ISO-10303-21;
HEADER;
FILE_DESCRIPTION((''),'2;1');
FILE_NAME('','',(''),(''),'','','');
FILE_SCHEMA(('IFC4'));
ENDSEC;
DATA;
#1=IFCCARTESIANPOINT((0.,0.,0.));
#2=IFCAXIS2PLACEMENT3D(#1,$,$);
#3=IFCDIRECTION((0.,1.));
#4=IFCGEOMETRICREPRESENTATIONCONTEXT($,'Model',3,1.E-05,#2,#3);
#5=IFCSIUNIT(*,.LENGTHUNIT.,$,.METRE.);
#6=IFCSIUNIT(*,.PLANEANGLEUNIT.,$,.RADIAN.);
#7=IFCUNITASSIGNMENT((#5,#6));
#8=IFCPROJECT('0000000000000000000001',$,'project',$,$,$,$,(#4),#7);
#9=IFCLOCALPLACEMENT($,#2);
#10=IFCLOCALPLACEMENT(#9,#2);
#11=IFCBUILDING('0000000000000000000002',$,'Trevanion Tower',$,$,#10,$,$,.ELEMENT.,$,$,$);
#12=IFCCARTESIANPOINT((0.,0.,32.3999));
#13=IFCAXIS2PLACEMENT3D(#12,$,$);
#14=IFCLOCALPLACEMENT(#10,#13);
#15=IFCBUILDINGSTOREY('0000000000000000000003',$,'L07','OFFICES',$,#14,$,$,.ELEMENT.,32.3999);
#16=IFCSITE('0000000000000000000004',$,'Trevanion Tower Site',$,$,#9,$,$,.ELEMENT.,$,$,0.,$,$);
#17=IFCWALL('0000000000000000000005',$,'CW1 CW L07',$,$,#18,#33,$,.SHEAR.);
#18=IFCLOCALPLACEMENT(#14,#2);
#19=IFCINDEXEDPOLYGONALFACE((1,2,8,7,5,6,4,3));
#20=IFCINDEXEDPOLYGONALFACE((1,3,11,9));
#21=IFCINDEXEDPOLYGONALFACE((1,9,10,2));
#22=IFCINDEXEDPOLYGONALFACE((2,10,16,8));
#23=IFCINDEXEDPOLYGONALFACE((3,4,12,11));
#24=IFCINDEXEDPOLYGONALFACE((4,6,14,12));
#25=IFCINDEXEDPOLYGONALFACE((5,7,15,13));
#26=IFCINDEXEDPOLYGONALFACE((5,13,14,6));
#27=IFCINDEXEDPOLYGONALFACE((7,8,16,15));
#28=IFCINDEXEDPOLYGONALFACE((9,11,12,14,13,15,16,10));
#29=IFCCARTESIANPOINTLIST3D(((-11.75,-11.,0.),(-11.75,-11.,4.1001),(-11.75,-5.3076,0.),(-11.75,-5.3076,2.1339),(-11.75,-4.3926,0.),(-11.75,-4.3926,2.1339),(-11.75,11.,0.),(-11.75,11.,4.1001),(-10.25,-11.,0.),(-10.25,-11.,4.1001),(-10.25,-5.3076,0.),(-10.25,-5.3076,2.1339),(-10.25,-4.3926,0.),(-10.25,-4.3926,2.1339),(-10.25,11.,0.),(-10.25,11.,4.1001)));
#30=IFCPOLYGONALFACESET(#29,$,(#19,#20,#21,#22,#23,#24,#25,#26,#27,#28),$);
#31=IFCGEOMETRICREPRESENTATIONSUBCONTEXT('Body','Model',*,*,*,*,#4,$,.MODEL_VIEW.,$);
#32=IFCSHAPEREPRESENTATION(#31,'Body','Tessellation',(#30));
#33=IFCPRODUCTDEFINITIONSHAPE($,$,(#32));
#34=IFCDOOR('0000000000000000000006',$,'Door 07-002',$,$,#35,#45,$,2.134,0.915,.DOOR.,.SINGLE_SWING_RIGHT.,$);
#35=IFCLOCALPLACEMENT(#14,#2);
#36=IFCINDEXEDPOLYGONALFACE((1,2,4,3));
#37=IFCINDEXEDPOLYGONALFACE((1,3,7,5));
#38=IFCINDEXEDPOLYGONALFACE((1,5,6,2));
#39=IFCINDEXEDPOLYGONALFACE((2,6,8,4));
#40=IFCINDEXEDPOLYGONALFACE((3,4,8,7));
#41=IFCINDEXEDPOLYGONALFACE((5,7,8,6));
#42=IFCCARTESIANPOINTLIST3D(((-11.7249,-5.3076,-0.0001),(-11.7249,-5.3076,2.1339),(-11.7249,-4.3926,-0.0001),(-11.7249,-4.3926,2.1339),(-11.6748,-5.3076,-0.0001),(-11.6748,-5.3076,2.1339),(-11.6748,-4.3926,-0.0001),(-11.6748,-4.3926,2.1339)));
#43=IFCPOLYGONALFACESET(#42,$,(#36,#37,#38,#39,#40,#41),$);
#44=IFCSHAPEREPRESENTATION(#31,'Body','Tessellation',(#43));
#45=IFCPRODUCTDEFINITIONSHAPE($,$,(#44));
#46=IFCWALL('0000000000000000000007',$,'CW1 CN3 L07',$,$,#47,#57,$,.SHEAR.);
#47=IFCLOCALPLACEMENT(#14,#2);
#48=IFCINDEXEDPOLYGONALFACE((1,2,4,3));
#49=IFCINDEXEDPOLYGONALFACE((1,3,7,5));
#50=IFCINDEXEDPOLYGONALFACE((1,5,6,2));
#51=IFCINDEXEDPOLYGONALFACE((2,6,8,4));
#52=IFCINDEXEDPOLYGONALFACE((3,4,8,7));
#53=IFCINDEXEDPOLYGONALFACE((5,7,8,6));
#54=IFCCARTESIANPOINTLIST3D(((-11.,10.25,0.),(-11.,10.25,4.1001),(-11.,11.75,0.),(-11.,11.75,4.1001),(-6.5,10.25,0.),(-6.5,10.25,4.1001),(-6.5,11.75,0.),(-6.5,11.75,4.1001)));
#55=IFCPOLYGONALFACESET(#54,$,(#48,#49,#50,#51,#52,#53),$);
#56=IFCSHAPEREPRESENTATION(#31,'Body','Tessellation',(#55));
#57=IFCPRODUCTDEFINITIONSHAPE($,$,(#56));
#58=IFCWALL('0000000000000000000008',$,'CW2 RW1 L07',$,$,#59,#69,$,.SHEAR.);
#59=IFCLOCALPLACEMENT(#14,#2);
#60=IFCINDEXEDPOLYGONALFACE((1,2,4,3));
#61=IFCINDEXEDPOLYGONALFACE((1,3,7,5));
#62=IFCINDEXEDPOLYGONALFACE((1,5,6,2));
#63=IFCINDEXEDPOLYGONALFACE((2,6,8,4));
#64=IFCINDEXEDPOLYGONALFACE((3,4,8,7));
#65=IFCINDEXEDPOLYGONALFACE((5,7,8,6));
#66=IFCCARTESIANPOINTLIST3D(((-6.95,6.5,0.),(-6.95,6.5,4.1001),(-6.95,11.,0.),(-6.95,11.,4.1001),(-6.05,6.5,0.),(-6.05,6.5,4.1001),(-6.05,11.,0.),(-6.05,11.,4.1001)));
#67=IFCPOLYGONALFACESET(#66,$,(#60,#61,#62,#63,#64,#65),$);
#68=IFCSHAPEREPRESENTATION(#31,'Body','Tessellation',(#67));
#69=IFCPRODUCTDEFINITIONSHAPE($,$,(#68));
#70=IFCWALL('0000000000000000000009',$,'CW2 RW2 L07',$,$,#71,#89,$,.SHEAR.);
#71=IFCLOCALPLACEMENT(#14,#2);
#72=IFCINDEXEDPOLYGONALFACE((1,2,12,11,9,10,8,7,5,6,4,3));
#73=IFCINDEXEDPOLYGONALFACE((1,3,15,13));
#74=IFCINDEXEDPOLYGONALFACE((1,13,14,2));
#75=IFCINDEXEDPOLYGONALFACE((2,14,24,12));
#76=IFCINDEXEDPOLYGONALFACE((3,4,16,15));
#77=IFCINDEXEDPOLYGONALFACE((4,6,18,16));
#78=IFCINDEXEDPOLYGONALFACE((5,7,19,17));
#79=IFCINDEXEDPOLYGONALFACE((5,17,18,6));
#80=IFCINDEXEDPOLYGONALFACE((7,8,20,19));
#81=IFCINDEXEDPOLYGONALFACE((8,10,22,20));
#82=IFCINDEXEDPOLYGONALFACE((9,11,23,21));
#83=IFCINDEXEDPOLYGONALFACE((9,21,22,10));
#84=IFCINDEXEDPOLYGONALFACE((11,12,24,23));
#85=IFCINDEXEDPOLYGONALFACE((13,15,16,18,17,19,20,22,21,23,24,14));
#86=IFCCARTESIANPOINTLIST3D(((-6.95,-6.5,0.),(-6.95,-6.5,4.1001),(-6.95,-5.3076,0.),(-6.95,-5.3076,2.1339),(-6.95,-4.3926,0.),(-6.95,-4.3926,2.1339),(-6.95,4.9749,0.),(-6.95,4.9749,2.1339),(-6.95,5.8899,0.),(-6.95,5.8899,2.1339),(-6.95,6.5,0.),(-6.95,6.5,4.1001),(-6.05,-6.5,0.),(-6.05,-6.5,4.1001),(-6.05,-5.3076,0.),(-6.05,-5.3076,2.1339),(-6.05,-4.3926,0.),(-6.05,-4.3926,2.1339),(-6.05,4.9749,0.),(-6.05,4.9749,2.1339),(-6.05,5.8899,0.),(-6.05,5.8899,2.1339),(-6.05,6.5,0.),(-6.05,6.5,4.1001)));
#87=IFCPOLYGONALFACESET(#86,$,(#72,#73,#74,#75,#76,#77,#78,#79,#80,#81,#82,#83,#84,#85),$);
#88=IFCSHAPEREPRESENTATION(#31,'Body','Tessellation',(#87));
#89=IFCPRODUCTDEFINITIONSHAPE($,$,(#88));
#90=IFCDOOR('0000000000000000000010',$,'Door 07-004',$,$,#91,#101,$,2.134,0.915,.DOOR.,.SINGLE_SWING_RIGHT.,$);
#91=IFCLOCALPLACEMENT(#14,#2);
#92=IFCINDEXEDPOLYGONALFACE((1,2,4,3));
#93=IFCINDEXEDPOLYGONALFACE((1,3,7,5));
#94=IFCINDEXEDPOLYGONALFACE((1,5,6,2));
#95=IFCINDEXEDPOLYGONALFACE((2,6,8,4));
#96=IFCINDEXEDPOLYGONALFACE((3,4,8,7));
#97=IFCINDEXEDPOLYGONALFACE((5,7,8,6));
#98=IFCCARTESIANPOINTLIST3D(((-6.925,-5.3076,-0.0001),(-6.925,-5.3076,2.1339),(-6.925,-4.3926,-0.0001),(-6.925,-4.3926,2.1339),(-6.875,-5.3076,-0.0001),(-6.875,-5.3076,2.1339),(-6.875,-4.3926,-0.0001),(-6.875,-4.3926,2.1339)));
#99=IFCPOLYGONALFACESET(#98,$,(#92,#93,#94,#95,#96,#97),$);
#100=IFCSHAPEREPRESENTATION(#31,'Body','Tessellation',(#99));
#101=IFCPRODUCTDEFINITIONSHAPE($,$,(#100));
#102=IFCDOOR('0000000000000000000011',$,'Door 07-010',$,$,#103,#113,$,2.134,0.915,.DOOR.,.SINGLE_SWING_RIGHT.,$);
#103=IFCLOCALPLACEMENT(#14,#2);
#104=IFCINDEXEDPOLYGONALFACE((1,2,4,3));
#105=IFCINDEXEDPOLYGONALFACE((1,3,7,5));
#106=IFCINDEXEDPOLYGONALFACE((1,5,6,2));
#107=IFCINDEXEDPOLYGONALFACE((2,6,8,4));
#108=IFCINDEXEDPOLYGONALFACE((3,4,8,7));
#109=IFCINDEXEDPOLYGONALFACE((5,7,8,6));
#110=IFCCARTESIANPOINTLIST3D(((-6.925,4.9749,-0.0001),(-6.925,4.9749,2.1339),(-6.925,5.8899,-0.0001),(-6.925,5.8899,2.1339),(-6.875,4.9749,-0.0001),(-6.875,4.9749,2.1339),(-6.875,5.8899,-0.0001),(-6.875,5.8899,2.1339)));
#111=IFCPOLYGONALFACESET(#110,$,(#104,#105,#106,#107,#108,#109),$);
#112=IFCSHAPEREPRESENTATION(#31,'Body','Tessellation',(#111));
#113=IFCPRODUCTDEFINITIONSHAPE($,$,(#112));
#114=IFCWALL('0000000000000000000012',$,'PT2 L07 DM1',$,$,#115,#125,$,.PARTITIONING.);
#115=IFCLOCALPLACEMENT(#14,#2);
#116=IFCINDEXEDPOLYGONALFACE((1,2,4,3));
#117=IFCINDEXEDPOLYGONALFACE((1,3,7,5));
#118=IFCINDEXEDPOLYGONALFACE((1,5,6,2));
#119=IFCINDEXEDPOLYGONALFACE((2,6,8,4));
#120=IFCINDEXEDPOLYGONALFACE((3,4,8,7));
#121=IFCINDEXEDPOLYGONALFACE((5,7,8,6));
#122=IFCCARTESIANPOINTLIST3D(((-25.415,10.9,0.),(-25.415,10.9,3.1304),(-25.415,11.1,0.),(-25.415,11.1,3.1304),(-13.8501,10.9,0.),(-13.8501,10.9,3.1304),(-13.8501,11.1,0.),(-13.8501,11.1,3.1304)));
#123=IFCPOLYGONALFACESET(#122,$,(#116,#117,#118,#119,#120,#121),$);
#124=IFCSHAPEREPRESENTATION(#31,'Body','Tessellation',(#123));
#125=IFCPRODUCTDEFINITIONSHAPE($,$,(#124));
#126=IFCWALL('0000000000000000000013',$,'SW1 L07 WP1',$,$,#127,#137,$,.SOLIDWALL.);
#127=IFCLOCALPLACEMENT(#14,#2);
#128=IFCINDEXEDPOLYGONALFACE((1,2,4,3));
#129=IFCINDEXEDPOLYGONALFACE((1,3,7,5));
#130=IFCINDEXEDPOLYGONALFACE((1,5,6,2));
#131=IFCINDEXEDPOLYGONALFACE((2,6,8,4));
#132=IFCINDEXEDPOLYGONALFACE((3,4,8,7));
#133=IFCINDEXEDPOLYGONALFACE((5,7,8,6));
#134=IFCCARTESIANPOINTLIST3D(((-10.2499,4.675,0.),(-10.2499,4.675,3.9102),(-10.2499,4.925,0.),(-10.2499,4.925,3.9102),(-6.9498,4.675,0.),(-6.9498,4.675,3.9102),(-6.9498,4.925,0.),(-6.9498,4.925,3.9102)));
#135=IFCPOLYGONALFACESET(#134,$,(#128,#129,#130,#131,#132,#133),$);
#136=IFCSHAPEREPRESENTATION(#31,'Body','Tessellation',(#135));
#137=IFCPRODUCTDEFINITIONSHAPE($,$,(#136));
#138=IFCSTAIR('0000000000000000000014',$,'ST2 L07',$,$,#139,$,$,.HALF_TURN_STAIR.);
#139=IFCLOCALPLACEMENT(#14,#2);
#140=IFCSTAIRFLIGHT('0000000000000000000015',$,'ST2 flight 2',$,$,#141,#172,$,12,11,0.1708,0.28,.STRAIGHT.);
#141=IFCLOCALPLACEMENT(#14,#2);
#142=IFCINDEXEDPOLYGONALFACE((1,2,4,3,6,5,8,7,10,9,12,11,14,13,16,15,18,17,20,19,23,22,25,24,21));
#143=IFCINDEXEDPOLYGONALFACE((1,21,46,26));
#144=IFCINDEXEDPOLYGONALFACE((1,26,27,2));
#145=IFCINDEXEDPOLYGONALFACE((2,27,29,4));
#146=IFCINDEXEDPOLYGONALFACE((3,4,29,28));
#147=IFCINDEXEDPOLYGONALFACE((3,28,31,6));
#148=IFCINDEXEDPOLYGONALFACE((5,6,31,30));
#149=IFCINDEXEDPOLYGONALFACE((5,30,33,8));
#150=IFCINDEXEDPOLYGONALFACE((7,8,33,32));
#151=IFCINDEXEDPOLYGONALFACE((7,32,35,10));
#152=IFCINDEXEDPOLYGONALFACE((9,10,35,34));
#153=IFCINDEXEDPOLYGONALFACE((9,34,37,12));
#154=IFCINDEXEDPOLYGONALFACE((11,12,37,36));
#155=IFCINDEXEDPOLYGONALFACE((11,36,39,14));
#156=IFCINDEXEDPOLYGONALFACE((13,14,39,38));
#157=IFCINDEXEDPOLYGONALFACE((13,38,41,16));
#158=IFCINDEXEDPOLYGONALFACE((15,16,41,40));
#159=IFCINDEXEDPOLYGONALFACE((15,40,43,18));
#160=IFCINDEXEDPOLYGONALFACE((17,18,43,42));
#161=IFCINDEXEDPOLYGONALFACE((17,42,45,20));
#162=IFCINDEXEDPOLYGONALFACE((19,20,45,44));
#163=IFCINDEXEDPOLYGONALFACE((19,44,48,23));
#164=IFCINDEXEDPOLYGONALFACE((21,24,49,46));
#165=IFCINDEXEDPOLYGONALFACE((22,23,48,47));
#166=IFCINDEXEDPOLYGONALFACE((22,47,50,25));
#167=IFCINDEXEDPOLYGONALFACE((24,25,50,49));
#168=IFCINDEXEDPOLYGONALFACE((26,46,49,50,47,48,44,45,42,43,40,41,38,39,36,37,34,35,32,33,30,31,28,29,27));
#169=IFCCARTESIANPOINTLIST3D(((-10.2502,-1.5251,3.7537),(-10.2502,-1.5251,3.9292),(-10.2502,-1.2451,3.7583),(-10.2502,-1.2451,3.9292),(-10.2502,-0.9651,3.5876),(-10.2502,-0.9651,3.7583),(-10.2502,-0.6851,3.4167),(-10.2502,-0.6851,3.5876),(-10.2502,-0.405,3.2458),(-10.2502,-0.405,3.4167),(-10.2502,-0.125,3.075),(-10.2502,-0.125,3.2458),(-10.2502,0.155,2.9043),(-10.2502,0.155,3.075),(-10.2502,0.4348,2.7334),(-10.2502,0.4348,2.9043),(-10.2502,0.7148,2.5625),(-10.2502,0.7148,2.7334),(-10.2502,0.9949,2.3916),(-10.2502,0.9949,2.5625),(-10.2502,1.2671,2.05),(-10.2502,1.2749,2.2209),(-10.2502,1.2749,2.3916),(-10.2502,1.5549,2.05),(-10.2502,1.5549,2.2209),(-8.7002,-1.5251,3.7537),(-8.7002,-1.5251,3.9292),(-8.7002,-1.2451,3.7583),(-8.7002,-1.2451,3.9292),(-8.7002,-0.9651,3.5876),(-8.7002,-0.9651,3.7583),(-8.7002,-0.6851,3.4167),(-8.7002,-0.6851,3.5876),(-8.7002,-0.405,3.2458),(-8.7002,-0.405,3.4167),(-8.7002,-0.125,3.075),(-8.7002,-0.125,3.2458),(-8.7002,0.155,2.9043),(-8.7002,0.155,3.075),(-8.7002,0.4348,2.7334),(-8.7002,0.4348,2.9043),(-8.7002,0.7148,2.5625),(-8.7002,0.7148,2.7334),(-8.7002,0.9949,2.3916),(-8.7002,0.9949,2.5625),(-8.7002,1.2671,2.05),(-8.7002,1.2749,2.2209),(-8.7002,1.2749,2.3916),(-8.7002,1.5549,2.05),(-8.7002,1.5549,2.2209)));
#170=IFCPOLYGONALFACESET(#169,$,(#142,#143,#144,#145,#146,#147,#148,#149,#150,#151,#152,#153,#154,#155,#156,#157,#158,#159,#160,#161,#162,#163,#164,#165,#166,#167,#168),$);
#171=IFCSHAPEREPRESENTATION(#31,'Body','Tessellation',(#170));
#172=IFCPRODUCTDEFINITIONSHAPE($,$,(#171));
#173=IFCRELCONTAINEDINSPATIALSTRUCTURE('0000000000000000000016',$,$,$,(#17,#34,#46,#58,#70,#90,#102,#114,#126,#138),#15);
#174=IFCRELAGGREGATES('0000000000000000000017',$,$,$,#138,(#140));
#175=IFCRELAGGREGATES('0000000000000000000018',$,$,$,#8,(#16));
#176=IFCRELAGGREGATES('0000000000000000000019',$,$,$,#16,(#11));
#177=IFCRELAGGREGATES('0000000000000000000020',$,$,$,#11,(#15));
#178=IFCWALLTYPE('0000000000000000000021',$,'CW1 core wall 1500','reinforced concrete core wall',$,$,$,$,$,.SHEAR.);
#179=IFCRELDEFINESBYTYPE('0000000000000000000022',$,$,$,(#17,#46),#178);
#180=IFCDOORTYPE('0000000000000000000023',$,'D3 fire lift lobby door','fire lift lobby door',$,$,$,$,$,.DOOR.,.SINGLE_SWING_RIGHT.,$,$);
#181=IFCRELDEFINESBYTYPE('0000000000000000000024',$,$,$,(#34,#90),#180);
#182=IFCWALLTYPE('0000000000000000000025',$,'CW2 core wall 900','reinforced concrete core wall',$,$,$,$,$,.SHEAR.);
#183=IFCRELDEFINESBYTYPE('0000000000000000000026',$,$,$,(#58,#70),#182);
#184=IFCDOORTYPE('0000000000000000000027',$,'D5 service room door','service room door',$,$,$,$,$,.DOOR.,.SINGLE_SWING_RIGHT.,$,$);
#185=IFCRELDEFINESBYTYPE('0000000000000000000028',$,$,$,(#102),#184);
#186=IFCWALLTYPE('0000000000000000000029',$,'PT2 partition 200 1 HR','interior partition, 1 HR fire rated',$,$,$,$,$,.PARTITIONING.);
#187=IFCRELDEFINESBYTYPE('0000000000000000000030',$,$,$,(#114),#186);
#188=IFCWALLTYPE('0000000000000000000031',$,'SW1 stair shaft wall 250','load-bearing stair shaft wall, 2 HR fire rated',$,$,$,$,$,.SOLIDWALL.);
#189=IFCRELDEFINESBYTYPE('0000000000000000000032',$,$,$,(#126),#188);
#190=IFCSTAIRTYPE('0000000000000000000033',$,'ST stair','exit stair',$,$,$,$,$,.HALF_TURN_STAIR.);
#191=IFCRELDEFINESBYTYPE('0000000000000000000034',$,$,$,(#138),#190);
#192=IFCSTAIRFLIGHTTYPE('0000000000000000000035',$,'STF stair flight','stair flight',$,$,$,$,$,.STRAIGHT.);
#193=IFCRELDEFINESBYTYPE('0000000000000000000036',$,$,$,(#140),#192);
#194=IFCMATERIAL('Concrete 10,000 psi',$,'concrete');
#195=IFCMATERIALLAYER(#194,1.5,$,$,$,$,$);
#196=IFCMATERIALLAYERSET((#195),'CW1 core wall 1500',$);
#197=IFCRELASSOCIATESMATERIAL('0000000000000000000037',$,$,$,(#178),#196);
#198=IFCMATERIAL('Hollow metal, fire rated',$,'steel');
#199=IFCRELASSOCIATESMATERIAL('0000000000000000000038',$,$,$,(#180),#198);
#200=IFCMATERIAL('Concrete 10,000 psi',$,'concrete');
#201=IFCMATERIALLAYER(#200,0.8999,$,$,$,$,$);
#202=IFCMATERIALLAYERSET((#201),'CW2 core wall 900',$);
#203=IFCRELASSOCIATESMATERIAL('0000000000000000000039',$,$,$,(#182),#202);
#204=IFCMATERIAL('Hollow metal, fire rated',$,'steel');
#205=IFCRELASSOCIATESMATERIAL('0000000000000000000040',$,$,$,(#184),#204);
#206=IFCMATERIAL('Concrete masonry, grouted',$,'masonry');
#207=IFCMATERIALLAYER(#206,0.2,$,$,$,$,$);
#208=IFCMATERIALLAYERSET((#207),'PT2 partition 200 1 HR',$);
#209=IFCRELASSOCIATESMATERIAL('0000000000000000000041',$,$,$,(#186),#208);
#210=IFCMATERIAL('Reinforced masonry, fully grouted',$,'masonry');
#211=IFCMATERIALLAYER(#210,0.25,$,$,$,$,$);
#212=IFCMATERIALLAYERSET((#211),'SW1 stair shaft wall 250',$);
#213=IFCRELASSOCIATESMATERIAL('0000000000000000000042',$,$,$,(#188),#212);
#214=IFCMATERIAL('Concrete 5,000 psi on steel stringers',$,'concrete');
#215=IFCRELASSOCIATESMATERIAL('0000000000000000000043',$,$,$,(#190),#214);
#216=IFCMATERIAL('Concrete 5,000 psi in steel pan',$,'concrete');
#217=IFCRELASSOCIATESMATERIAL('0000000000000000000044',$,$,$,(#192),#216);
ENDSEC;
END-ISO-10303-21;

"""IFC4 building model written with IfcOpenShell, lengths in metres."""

from ifc_helpers import new_model, si_unit, direction, frame, frame_2d, origin, place, context, subcontext, project, spatial, polyline, rectangle, outline, extrude, material, layer, layer_set, type_object, element, fill, aggregate, save


model = new_model("IFC4")

# Units and contexts
model_context = context("Model", 3, precision=1e-05, world=origin(), true_north=direction((0.0, 1.0)))
body_context = subcontext(model_context, "Body", "Model", "MODEL_VIEW")
ifc_project = project(units=[si_unit("LENGTHUNIT", "METRE"), si_unit("PLANEANGLEUNIT", "RADIAN")], contexts=[model_context])

# Site, building, storey
site_placement = place(None, origin())
site = spatial("IfcSite", under=ifc_project, at=site_placement, Name="Trevanion Tower Site", CompositionType="ELEMENT", RefElevation=0.0)
building_placement = place(site_placement, origin())
building = spatial("IfcBuilding", under=site, at=building_placement, Name="Trevanion Tower", CompositionType="ELEMENT")
storey_placement = place(building_placement, frame((0.0, 0.0, 32.3999)))
storey = spatial("IfcBuildingStorey", under=building, at=storey_placement, Name="L07", Description="OFFICES", CompositionType="ELEMENT", Elevation=32.3999)

# Wall, opening, door
ifc_material_1 = material(Name="Concrete 10,000 psi", Category="concrete")
ifc_layer_1 = layer(ifc_material_1, 1.5)
ifc_layer_set_1 = layer_set([ifc_layer_1], Name="CW1 core wall 1500")
wall_type_1 = type_object("IfcWallType", Name="CW1 core wall 1500", Description="reinforced concrete core wall", PredefinedType="SHEAR", material=ifc_layer_set_1)
wall_1_placement = place(storey_placement, frame((-11.0, 11.0, 0.0), z_axis=(0.0, 0.0, 1.0), x_axis=(0.0, -1.0, 0.0)))
wall_1 = element("IfcWall", 1, at=wall_1_placement, inside=storey, type_object=wall_type_1, Name="CW1 CW L07", PredefinedType="SHEAR", context=body_context, shape_type="SweptSolid", body=[
    extrude(rectangle(XDim=22.0, YDim=1.5, at=frame_2d((11.0, 0.0))), origin(), (0.0, 0.0, 1.0), 4.1001),
])
opening_1_placement = place(wall_1_placement, frame((15.3926, 0.0, 0.0)))
opening_1 = element("IfcOpeningElement", 2, at=opening_1_placement, cuts=wall_1, PredefinedType="OPENING", context=body_context, shape_type="SweptSolid", body=[
    extrude(rectangle(XDim=0.915, YDim=2.134, at=frame_2d((0.4575, 1.0669))), frame((0.0, 0.76, 0.0), z_axis=(0.0, -1.0, 0.0), x_axis=(1.0, 0.0, 0.0)), (0.0, 0.0, 1.0), 1.52),
])
ifc_material_2 = material(Name="Hollow metal, fire rated", Category="steel")
door_type_1 = type_object("IfcDoorType", Name="D3 fire lift lobby door", Description="fire lift lobby door", OperationType="SINGLE_SWING_RIGHT", PredefinedType="DOOR", material=ifc_material_2)
door_1_placement = place(opening_1_placement, origin())
door_1 = element("IfcDoor", 3, at=door_1_placement, inside=storey, type_object=door_type_1, Name="Door 07-002", OperationType="SINGLE_SWING_RIGHT", OverallHeight=2.134, OverallWidth=0.915, PredefinedType="DOOR", context=body_context, shape_type="SweptSolid", body=[
    extrude(rectangle(XDim=0.915, YDim=2.134, at=frame_2d((0.4575, 1.0669))), frame((0.0, -0.6748, 0.0), z_axis=(0.0, -1.0, 0.0), x_axis=(1.0, 0.0, 0.0)), (0.0, 0.0, 1.0), 0.05),
])
fill(opening_1, door_1)

# Walls
wall_2_placement = place(storey_placement, frame((-6.5, 11.0, 0.0), z_axis=(0.0, 0.0, 1.0), x_axis=(-1.0, 0.0, 0.0)))
element("IfcWall", 4, at=wall_2_placement, inside=storey, type_object=wall_type_1, Name="CW1 CN3 L07", PredefinedType="SHEAR", context=body_context, shape_type="SweptSolid", body=[
    extrude(rectangle(XDim=4.5, YDim=1.5, at=frame_2d((2.25, 0.0))), origin(), (0.0, 0.0, 1.0), 4.1001),
])
ifc_material_3 = material(Name="Concrete 10,000 psi", Category="concrete")
ifc_layer_2 = layer(ifc_material_3, 0.8999)
ifc_layer_set_2 = layer_set([ifc_layer_2], Name="CW2 core wall 900")
wall_type_2 = type_object("IfcWallType", Name="CW2 core wall 900", Description="reinforced concrete core wall", PredefinedType="SHEAR", material=ifc_layer_set_2)
wall_3_placement = place(storey_placement, frame((-6.5, 11.0, 0.0), z_axis=(0.0, 0.0, 1.0), x_axis=(0.0, -1.0, 0.0)))
element("IfcWall", 5, at=wall_3_placement, inside=storey, type_object=wall_type_2, Name="CW2 RW1 L07", PredefinedType="SHEAR", context=body_context, shape_type="SweptSolid", body=[
    extrude(rectangle(XDim=4.5, YDim=0.8999, at=frame_2d((2.25, 0.0))), origin(), (0.0, 0.0, 1.0), 4.1001),
])

# Wall, openings, doors
wall_4_placement = place(storey_placement, frame((-6.5, 6.5, 0.0), z_axis=(0.0, 0.0, 1.0), x_axis=(0.0, -1.0, 0.0)))
wall_4 = element("IfcWall", 6, at=wall_4_placement, inside=storey, type_object=wall_type_2, Name="CW2 RW2 L07", PredefinedType="SHEAR", context=body_context, shape_type="SweptSolid", body=[
    extrude(rectangle(XDim=13.0, YDim=0.8999, at=frame_2d((6.5, 0.0))), origin(), (0.0, 0.0, 1.0), 4.1001),
])
opening_2_placement = place(wall_4_placement, frame((10.8926, 0.0, 0.0)))
opening_2 = element("IfcOpeningElement", 7, at=opening_2_placement, cuts=wall_4, PredefinedType="OPENING", context=body_context, shape_type="SweptSolid", body=[
    extrude(rectangle(XDim=0.915, YDim=2.134, at=frame_2d((0.4575, 1.0669))), frame((0.0, 0.46, 0.0), z_axis=(0.0, -1.0, 0.0), x_axis=(1.0, 0.0, 0.0)), (0.0, 0.0, 1.0), 0.9199),
])
opening_3_placement = place(wall_4_placement, frame((0.6101, 0.0, 0.0)))
opening_3 = element("IfcOpeningElement", 8, at=opening_3_placement, cuts=wall_4, PredefinedType="OPENING", context=body_context, shape_type="SweptSolid", body=[
    extrude(rectangle(XDim=0.915, YDim=2.134, at=frame_2d((0.4575, 1.0669))), frame((0.0, 0.46, 0.0), z_axis=(0.0, -1.0, 0.0), x_axis=(1.0, 0.0, 0.0)), (0.0, 0.0, 1.0), 0.9199),
])
door_2_placement = place(opening_2_placement, origin())
door_2 = element("IfcDoor", 9, at=door_2_placement, inside=storey, type_object=door_type_1, Name="Door 07-004", OperationType="SINGLE_SWING_RIGHT", OverallHeight=2.134, OverallWidth=0.915, PredefinedType="DOOR", context=body_context, shape_type="SweptSolid", body=[
    extrude(rectangle(XDim=0.915, YDim=2.134, at=frame_2d((0.4575, 1.0669))), frame((0.0, -0.375, 0.0), z_axis=(0.0, -1.0, 0.0), x_axis=(1.0, 0.0, 0.0)), (0.0, 0.0, 1.0), 0.05),
])
fill(opening_2, door_2)
ifc_material_4 = material(Name="Hollow metal, fire rated", Category="steel")
door_type_2 = type_object("IfcDoorType", Name="D5 service room door", Description="service room door", OperationType="SINGLE_SWING_RIGHT", PredefinedType="DOOR", material=ifc_material_4)
door_3_placement = place(opening_3_placement, origin())
door_3 = element("IfcDoor", 10, at=door_3_placement, inside=storey, type_object=door_type_2, Name="Door 07-010", OperationType="SINGLE_SWING_RIGHT", OverallHeight=2.134, OverallWidth=0.915, PredefinedType="DOOR", context=body_context, shape_type="SweptSolid", body=[
    extrude(rectangle(XDim=0.915, YDim=2.134, at=frame_2d((0.4575, 1.0669))), frame((0.0, -0.375, 0.0), z_axis=(0.0, -1.0, 0.0), x_axis=(1.0, 0.0, 0.0)), (0.0, 0.0, 1.0), 0.05),
])
fill(opening_3, door_3)

# Walls
ifc_material_5 = material(Name="Concrete masonry, grouted", Category="masonry")
ifc_layer_3 = layer(ifc_material_5, 0.2)
ifc_layer_set_3 = layer_set([ifc_layer_3], Name="PT2 partition 200 1 HR")
wall_type_3 = type_object("IfcWallType", Name="PT2 partition 200 1 HR", Description="interior partition, 1 HR fire rated", PredefinedType="PARTITIONING", material=ifc_layer_set_3)
wall_5_placement = place(storey_placement, frame((-13.8501, 11.0, 0.0), z_axis=(0.0, 0.0, 1.0), x_axis=(-1.0, 0.0, 0.0)))
element("IfcWall", 11, at=wall_5_placement, inside=storey, type_object=wall_type_3, Name="PT2 L07 DM1", PredefinedType="PARTITIONING", context=body_context, shape_type="SweptSolid", body=[
    extrude(rectangle(XDim=11.5649, YDim=0.2, at=frame_2d((5.7825, 0.0))), origin(), (0.0, 0.0, 1.0), 3.1304),
])
ifc_material_6 = material(Name="Reinforced masonry, fully grouted", Category="masonry")
ifc_layer_4 = layer(ifc_material_6, 0.25)
ifc_layer_set_4 = layer_set([ifc_layer_4], Name="SW1 stair shaft wall 250")
wall_type_4 = type_object("IfcWallType", Name="SW1 stair shaft wall 250", Description="load-bearing stair shaft wall, 2 HR fire rated", PredefinedType="SOLIDWALL", material=ifc_layer_set_4)
wall_6_placement = place(storey_placement, frame((-6.95, 4.8, 0.0), z_axis=(0.0, 0.0, 1.0), x_axis=(-1.0, 0.0, 0.0)))
element("IfcWall", 12, at=wall_6_placement, inside=storey, type_object=wall_type_4, Name="SW1 L07 WP1", PredefinedType="SOLIDWALL", context=body_context, shape_type="SweptSolid", body=[
    extrude(rectangle(XDim=3.3, YDim=0.25, at=frame_2d((1.6499, 0.0))), origin(), (0.0, 0.0, 1.0), 3.9102),
])

# Stair, stair flight
ifc_material_7 = material(Name="Concrete 5,000 psi on steel stringers", Category="concrete")
stair_type = type_object("IfcStairType", Name="ST stair", Description="exit stair", PredefinedType="HALF_TURN_STAIR", material=ifc_material_7)
stair_placement = place(storey_placement, origin())
stair = element("IfcStair", 13, at=stair_placement, inside=storey, type_object=stair_type, Name="ST2 L07", PredefinedType="HALF_TURN_STAIR")
ifc_material_8 = material(Name="Concrete 5,000 psi in steel pan", Category="concrete")
stair_flight_type = type_object("IfcStairFlightType", Name="STF stair flight", Description="stair flight", PredefinedType="STRAIGHT", material=ifc_material_8)
stair_flight_placement = place(storey_placement, frame((-9.4751, 1.5549, 2.05), z_axis=(0.0, 0.0, 1.0), x_axis=(0.0, -1.0, 0.0)))
stair_flight = element("IfcStairFlight", 14, at=stair_flight_placement, type_object=stair_flight_type, Name="ST2 flight 2", NumberOfRisers=12, NumberOfTreads=11, PredefinedType="STRAIGHT", RiserHeight=0.1708, TreadLength=0.28, context=body_context, shape_type="SweptSolid", body=[
    extrude(outline(polyline([(0.0, 0.0), (0.0, 0.1709), (0.28, 0.1709), (0.28, 0.3416), (0.5601, 0.3416), (0.5601, 0.5125), (0.8401, 0.5125), (0.8401, 0.6833), (1.1201, 0.6833), (1.1201, 0.8542), (1.3999, 0.8542), (1.3999, 1.0249), (1.6799, 1.0249), (1.6799, 1.1958), (1.96, 1.1958), (1.96, 1.3667), (2.24, 1.3667), (2.24, 1.5376), (2.52, 1.5376), (2.52, 1.7083), (2.8, 1.7083), (2.8, 1.8792), (3.0801, 1.8792), (3.0801, 2.05), (3.0801, 1.7036), (0.2878, 0.0), (0.0, 0.0)])), frame((0.0, 0.7749, 0.0), z_axis=(0.0, -1.0, 0.0), x_axis=(1.0, 0.0, 0.0)), (0.0, 0.0, 1.0), 1.55),
])
aggregate(stair, [stair_flight])

save(model, "model.ifc")
